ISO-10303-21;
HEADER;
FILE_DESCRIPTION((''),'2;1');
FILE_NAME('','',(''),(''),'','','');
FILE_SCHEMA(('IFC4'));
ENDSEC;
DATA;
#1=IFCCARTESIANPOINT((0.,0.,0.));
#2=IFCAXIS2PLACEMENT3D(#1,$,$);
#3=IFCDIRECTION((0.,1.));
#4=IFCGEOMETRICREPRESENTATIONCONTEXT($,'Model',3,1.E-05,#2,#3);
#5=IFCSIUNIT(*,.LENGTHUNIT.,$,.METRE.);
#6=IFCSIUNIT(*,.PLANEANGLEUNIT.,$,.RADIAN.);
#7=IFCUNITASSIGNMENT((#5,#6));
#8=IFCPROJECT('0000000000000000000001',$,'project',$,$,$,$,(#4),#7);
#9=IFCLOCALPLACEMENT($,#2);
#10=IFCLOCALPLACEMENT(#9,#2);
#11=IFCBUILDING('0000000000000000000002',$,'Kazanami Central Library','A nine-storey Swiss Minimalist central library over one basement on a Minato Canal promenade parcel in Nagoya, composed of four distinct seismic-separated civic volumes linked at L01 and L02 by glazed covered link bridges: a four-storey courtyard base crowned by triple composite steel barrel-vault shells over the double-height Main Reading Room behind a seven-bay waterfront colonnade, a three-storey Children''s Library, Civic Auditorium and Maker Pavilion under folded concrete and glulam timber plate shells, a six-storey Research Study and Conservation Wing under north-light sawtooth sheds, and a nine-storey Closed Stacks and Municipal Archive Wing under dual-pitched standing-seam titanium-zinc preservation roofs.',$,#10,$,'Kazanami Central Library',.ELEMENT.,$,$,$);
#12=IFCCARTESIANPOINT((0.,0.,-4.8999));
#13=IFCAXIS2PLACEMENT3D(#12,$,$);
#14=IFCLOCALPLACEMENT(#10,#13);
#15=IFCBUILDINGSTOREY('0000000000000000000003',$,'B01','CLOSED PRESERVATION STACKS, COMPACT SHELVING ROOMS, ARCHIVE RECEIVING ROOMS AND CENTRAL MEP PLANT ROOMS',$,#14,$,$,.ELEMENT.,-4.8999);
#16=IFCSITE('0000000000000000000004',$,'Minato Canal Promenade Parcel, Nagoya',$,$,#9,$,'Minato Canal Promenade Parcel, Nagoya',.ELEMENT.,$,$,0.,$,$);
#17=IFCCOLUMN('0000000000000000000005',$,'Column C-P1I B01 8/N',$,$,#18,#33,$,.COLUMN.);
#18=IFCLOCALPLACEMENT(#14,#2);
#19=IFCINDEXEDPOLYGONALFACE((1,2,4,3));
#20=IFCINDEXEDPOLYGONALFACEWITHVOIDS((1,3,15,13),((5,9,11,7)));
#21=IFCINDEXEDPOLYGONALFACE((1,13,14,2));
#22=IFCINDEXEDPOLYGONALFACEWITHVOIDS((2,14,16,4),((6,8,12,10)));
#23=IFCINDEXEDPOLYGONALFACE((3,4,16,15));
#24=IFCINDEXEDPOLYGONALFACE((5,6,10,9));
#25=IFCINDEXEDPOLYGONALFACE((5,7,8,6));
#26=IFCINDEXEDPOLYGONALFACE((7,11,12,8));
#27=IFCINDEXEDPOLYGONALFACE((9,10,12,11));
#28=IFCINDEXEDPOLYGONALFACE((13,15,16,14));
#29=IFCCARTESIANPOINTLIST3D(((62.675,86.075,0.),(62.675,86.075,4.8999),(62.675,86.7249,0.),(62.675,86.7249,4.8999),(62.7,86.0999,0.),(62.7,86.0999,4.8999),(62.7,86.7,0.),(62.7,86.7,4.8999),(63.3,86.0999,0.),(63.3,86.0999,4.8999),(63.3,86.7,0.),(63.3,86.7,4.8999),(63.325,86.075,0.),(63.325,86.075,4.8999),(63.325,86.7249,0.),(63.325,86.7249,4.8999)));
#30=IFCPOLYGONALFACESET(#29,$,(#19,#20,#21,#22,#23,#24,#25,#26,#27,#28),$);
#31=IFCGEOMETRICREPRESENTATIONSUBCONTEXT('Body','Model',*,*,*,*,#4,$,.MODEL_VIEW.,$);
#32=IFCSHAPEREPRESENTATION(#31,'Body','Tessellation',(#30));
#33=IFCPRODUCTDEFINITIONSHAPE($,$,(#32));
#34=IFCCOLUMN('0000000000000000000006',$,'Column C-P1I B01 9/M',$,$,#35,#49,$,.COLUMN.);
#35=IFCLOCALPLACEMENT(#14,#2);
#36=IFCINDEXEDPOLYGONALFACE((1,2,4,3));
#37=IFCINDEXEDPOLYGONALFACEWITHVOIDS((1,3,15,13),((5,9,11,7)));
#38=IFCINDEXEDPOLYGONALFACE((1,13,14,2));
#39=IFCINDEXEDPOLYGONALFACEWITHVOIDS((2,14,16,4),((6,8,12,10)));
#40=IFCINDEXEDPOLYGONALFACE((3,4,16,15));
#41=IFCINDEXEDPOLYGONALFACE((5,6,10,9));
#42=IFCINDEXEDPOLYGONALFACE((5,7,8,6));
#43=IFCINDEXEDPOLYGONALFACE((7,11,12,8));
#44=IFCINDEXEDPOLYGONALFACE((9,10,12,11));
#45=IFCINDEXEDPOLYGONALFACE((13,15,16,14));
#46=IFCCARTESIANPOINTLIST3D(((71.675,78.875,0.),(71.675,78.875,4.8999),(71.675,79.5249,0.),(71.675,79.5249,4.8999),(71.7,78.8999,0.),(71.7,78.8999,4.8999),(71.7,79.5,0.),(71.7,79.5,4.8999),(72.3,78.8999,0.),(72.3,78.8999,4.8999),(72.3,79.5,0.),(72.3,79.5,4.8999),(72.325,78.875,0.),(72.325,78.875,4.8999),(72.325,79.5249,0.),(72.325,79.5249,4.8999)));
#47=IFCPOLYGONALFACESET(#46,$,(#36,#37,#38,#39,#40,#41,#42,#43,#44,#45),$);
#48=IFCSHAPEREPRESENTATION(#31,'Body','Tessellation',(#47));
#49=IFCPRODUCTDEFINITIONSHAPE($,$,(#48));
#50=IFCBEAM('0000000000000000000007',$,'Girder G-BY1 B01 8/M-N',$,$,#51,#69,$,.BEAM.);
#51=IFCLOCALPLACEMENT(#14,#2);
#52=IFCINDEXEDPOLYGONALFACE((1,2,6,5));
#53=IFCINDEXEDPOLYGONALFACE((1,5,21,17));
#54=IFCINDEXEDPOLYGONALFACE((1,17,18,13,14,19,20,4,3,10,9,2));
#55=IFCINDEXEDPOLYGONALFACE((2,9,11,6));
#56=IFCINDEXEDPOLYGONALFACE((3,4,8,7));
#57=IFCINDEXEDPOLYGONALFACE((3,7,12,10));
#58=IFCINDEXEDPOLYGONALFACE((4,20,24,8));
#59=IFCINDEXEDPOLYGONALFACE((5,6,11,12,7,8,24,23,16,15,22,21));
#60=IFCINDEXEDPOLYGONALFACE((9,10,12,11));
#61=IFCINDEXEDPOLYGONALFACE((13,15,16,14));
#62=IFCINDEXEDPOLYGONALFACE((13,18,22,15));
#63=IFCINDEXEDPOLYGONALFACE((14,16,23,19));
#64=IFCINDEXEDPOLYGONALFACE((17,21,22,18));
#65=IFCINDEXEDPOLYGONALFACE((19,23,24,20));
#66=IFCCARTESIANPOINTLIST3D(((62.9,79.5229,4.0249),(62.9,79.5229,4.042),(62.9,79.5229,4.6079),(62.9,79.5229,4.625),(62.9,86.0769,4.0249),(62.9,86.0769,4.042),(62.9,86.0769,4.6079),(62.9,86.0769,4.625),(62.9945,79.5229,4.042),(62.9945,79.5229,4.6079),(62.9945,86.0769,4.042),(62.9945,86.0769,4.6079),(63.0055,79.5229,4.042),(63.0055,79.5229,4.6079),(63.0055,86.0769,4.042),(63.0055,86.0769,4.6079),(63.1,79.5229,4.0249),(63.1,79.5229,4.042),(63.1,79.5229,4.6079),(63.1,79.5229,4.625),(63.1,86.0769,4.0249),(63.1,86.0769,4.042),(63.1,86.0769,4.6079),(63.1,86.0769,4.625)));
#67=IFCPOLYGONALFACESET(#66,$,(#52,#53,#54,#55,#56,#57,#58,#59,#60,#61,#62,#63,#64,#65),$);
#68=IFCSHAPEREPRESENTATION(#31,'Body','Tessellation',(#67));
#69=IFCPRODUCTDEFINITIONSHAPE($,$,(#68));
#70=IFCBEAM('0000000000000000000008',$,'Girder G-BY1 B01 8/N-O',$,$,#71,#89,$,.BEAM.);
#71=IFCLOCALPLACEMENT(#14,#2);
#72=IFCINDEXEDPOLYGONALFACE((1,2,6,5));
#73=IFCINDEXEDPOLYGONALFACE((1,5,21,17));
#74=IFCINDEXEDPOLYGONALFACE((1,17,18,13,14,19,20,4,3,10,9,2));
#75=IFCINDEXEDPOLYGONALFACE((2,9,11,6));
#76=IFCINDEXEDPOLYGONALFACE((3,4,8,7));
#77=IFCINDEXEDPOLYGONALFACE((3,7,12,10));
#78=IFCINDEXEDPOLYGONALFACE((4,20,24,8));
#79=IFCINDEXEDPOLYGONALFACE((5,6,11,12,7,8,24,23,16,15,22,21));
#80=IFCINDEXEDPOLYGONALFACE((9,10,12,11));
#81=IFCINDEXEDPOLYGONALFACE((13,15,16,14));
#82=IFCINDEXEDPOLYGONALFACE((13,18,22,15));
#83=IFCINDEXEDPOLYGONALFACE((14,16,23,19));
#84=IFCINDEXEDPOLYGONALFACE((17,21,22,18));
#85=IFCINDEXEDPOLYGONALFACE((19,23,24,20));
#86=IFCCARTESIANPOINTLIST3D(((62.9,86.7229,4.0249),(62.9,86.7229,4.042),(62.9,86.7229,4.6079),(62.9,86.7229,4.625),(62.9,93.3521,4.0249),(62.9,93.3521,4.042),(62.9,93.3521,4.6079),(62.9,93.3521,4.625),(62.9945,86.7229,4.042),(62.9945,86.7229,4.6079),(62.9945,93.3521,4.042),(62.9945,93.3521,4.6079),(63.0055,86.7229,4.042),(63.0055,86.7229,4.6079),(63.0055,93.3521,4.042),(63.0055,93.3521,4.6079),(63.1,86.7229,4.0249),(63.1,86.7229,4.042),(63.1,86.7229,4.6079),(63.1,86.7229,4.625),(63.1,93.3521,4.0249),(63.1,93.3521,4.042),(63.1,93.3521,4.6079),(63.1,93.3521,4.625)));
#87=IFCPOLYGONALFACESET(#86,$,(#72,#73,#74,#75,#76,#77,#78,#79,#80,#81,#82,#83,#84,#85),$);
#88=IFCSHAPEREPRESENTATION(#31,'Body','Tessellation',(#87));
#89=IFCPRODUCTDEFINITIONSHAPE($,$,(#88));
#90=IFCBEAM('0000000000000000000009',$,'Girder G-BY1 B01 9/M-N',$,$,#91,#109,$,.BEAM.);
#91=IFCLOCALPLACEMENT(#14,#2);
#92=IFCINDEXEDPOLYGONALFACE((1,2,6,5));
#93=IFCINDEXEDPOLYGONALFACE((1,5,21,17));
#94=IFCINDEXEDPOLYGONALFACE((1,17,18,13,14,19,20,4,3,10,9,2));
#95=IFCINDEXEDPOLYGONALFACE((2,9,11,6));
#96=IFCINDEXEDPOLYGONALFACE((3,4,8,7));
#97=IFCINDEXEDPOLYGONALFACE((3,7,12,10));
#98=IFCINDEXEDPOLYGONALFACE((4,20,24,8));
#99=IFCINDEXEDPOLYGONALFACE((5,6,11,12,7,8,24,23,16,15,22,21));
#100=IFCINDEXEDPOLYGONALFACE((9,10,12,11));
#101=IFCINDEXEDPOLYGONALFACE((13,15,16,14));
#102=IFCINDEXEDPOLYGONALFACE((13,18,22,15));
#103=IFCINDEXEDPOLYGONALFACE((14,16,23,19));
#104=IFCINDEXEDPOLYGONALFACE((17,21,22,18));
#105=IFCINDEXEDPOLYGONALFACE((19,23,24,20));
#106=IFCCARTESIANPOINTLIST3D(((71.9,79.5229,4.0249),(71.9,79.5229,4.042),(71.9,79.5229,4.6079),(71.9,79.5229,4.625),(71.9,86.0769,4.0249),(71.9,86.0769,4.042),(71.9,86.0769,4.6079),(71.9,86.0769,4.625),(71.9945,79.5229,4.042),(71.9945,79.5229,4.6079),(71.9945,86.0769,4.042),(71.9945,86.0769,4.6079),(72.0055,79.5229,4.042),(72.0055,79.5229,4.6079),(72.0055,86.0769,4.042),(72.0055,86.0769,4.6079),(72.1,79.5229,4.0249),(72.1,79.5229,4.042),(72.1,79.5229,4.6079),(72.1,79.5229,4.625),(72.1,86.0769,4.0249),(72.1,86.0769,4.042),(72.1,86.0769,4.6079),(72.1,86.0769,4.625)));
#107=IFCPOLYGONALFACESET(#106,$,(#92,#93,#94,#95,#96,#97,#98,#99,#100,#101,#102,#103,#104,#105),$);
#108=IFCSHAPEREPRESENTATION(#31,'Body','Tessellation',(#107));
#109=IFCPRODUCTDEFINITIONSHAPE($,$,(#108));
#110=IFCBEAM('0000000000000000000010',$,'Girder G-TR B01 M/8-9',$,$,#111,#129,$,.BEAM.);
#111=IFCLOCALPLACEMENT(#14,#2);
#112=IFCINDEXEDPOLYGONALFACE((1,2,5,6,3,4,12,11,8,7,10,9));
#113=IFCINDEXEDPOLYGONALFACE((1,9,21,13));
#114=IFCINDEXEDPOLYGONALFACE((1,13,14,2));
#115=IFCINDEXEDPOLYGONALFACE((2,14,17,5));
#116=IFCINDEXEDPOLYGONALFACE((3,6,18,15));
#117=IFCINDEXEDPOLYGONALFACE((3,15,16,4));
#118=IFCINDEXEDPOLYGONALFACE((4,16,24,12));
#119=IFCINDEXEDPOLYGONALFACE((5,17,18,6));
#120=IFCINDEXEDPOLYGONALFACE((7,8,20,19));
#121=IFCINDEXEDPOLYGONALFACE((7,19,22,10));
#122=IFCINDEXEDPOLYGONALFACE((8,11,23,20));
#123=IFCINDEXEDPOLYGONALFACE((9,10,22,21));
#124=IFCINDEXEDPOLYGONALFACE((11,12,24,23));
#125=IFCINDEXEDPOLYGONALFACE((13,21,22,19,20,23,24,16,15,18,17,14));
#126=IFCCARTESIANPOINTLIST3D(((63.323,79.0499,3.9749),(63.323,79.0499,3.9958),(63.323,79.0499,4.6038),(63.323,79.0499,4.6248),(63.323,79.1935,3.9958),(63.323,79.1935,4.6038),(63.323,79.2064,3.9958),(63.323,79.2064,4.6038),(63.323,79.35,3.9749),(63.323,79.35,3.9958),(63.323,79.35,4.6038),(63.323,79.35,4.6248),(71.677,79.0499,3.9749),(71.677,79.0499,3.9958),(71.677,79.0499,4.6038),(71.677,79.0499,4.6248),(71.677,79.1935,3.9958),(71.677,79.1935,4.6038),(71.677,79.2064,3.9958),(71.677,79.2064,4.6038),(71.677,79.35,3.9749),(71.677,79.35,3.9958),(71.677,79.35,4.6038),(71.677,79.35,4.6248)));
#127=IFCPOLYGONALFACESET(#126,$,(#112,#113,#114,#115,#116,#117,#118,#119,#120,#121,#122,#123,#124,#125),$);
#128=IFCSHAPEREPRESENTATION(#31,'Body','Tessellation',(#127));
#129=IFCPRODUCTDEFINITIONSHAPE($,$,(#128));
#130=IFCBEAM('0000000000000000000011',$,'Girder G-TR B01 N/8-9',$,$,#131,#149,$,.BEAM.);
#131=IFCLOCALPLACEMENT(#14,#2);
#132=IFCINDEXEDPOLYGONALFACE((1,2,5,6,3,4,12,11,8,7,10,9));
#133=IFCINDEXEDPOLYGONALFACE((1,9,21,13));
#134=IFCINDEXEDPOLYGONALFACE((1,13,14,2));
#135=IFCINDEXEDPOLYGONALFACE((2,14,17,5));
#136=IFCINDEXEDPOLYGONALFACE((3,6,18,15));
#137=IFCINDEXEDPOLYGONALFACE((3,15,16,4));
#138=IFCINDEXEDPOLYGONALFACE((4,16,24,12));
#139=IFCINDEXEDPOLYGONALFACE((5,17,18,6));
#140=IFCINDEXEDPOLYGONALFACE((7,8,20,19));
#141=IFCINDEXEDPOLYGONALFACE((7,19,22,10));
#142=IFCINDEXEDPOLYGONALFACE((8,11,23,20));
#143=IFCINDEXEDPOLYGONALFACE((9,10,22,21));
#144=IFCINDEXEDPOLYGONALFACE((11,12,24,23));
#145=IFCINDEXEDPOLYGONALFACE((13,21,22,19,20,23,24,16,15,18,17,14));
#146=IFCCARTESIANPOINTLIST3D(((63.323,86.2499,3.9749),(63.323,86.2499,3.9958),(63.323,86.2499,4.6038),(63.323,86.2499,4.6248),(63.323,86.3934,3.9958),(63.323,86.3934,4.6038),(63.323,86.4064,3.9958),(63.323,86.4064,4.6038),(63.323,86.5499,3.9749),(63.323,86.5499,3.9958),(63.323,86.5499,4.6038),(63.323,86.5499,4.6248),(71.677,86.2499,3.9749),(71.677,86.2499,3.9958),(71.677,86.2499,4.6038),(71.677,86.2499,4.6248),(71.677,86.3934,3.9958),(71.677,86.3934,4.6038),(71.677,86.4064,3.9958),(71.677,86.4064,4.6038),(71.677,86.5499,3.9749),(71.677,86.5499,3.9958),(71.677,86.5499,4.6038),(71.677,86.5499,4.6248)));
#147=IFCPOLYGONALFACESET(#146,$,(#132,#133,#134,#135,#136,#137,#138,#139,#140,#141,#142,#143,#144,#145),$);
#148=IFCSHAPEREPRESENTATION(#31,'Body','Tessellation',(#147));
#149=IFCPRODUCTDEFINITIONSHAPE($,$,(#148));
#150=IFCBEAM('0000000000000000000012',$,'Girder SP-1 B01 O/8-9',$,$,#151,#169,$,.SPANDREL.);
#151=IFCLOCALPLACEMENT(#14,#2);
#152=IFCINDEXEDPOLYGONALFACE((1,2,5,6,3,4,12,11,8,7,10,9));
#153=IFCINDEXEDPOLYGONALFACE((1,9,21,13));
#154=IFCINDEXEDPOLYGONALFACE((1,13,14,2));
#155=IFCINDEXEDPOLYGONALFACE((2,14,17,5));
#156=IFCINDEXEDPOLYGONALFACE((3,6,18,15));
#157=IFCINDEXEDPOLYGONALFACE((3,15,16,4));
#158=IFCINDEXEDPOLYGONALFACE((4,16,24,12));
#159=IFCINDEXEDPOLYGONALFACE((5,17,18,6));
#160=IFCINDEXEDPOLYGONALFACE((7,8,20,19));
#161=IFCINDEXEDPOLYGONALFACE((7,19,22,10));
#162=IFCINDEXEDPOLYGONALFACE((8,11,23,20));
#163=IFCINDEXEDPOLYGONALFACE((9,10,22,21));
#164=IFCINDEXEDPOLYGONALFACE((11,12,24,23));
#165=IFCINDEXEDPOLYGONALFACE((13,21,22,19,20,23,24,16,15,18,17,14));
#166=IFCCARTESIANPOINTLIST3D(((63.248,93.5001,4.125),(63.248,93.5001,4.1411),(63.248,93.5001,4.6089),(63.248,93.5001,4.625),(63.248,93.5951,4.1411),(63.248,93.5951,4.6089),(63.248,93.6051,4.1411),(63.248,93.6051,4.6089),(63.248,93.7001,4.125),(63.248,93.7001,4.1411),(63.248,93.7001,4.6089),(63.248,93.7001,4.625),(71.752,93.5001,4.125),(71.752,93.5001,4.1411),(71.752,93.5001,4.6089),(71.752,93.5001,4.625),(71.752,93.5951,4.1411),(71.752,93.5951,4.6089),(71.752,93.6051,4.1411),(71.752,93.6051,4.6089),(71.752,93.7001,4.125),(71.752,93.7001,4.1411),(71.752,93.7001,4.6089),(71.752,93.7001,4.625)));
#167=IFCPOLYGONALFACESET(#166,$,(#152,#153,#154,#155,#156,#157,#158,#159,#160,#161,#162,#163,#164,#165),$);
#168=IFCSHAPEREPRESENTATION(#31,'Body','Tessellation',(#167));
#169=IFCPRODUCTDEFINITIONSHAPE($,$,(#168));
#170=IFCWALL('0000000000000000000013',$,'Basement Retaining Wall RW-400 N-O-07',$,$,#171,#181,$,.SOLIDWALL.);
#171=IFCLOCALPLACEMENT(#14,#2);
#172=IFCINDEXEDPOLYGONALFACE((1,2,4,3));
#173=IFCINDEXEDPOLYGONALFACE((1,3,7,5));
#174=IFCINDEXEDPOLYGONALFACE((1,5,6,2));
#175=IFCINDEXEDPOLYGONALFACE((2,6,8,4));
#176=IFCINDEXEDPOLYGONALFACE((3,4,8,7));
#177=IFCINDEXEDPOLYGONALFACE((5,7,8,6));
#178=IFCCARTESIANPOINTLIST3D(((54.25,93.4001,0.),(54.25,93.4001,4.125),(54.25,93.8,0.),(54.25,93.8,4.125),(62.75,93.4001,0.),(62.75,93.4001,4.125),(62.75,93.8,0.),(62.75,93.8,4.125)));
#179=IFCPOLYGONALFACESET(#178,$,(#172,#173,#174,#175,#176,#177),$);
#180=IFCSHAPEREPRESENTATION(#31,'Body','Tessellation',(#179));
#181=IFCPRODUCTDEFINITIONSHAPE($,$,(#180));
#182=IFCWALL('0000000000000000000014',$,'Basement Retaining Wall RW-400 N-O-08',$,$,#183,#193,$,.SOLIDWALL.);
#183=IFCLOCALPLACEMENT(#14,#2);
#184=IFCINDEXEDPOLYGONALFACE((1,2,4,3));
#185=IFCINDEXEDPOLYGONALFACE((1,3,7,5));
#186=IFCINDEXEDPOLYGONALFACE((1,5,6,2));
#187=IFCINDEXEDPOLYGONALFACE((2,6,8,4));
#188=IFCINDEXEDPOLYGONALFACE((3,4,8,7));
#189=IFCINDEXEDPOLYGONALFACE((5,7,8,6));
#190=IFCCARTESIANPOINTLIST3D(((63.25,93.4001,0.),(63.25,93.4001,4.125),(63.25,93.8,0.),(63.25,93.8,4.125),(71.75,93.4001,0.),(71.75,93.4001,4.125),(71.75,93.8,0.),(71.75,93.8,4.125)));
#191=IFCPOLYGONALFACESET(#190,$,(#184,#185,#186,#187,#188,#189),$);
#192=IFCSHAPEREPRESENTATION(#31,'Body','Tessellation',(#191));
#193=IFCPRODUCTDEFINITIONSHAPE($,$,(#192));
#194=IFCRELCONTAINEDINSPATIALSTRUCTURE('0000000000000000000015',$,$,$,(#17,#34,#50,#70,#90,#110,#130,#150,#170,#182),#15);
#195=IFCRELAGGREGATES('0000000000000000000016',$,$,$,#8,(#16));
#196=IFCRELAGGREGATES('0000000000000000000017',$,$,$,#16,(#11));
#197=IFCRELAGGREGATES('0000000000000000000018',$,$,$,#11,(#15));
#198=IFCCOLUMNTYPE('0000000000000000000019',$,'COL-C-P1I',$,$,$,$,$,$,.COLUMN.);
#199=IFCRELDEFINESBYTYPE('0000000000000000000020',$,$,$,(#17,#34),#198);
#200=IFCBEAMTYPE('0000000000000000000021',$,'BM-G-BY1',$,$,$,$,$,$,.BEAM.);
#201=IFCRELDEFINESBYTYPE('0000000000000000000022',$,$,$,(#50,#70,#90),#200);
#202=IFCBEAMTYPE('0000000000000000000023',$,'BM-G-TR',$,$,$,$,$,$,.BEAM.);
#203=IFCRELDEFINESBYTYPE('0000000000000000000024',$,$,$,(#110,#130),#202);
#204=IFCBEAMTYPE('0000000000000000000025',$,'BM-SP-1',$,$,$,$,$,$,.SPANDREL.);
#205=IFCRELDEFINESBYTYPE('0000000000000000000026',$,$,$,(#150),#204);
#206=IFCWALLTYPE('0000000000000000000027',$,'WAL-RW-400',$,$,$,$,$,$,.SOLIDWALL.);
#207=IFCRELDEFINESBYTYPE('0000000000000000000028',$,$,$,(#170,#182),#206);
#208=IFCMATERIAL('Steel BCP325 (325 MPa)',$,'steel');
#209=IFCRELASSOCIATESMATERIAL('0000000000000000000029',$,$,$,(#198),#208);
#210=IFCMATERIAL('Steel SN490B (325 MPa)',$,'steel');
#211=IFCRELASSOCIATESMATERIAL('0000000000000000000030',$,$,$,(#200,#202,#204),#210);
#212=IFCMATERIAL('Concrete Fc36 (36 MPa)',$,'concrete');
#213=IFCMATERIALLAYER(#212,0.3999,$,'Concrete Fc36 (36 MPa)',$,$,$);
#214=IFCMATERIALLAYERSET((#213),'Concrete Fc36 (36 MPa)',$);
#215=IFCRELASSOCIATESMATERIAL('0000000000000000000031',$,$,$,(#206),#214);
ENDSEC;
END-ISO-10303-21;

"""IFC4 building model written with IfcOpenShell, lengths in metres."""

from ifc_helpers import new_model, si_unit, direction, frame, frame_2d, origin, origin_2d, place, context, subcontext, project, spatial, rectangle, hollow_rectangle, i_section, extrude, material, layer, layer_set, material_profile, profile_set, type_object, element, save


model = new_model("IFC4")

# Units and contexts
model_context = context("Model", 3, precision=1e-05, world=origin(), true_north=direction((0.0, 1.0)))
body_context = subcontext(model_context, "Body", "Model", "MODEL_VIEW")
ifc_project = project(units=[si_unit("LENGTHUNIT", "METRE"), si_unit("PLANEANGLEUNIT", "RADIAN")], contexts=[model_context])

# Site, building, storey
site_placement = place(None, origin())
site = spatial("IfcSite", under=ifc_project, at=site_placement, Name="Minato Canal Promenade Parcel, Nagoya", LongName="Minato Canal Promenade Parcel, Nagoya", CompositionType="ELEMENT", RefElevation=0.0)
building_placement = place(site_placement, origin())
building = spatial("IfcBuilding", under=site, at=building_placement, Name="Kazanami Central Library", Description="A nine-storey Swiss Minimalist central library over one basement on a Minato Canal promenade parcel in Nagoya, composed of four distinct seismic-separated civic volumes linked at L01 and L02 by glazed covered link bridges: a four-storey courtyard base crowned by triple composite steel barrel-vault shells over the double-height Main Reading Room behind a seven-bay waterfront colonnade, a three-storey Children's Library, Civic Auditorium and Maker Pavilion under folded concrete and glulam timber plate shells, a six-storey Research Study and Conservation Wing under north-light sawtooth sheds, and a nine-storey Closed Stacks and Municipal Archive Wing under dual-pitched standing-seam titanium-zinc preservation roofs.", LongName="Kazanami Central Library", CompositionType="ELEMENT")
storey_placement = place(building_placement, frame((0.0, 0.0, -4.8999)))
storey = spatial("IfcBuildingStorey", under=building, at=storey_placement, Name="B01", Description="CLOSED PRESERVATION STACKS, COMPACT SHELVING ROOMS, ARCHIVE RECEIVING ROOMS AND CENTRAL MEP PLANT ROOMS", CompositionType="ELEMENT", Elevation=-4.8999)

# Shared definitions
ifc_material_1 = material(Name="Concrete Fc36 (36 MPa)", Category="concrete")

# Columns
ifc_material_2 = material(Name="Steel BCP325 (325 MPa)", Category="steel")
ifc_material_profile_1 = material_profile(ifc_material_2, hollow_rectangle(XDim=0.6499, YDim=0.6499, WallThickness=0.0249, at=origin_2d()), Name="BCP-650x650x25")
ifc_profile_set_1 = profile_set([ifc_material_profile_1], Name="Steel BCP325 (325 MPa)")
column_type_1 = type_object("IfcColumnType", Name="COL-C-P1I", PredefinedType="COLUMN", material=ifc_profile_set_1)
for number, where, z_axis, x_axis, name in (
    (1, (63.0, 86.3999, 0.0), (0.0, 0.0, 1.0), (1.0, 0.0, 0.0), "Column C-P1I B01 8/N"),
    (2, (72.0, 79.2, 0.0), (0.0, 0.0, 1.0), (1.0, 0.0, 0.0), "Column C-P1I B01 9/M"),
):
    element("IfcColumn", number, at=place(storey_placement, frame(where, z_axis=z_axis, x_axis=x_axis)), inside=storey, type_object=column_type_1, Name=name, PredefinedType="COLUMN", context=body_context, shape_type="SweptSolid", body=[
        extrude(hollow_rectangle(XDim=0.6499, YDim=0.6499, WallThickness=0.0249, at=origin_2d()), origin(), (0.0, 0.0, 1.0), 4.8999),
    ])

# Beams
ifc_material_3 = material(Name="Steel SN490B (325 MPa)", Category="steel")
ifc_material_profile_2 = material_profile(ifc_material_3, i_section(OverallWidth=0.2, OverallDepth=0.6001, WebThickness=0.011, FlangeThickness=0.0171, at=origin_2d()), Name="H-600x200x11x17")
ifc_profile_set_2 = profile_set([ifc_material_profile_2], Name="Steel SN490B (325 MPa)")
beam_type_1 = type_object("IfcBeamType", Name="BM-G-BY1", PredefinedType="BEAM", material=ifc_profile_set_2)
beam_1_placement = place(storey_placement, frame((63.0, 79.5229, 4.325), z_axis=(0.0, 1.0, 0.0), x_axis=(-1.0, 0.0, 0.0)))
element("IfcBeam", 3, at=beam_1_placement, inside=storey, type_object=beam_type_1, Name="Girder G-BY1 B01 8/M-N", PredefinedType="BEAM", context=body_context, shape_type="SweptSolid", body=[
    extrude(i_section(OverallWidth=0.2, OverallDepth=0.6001, WebThickness=0.011, FlangeThickness=0.0171, at=origin_2d()), origin(), (0.0, 0.0, 1.0), 6.554),
])
beam_2_placement = place(storey_placement, frame((63.0, 86.7229, 4.325), z_axis=(0.0, 1.0, 0.0), x_axis=(-1.0, 0.0, 0.0)))
element("IfcBeam", 4, at=beam_2_placement, inside=storey, type_object=beam_type_1, Name="Girder G-BY1 B01 8/N-O", PredefinedType="BEAM", context=body_context, shape_type="SweptSolid", body=[
    extrude(i_section(OverallWidth=0.2, OverallDepth=0.6001, WebThickness=0.011, FlangeThickness=0.0171, at=origin_2d()), origin(), (0.0, 0.0, 1.0), 6.6292),
])
beam_3_placement = place(storey_placement, frame((72.0, 79.5229, 4.325), z_axis=(0.0, 1.0, 0.0), x_axis=(-1.0, 0.0, 0.0)))
element("IfcBeam", 5, at=beam_3_placement, inside=storey, type_object=beam_type_1, Name="Girder G-BY1 B01 9/M-N", PredefinedType="BEAM", context=body_context, shape_type="SweptSolid", body=[
    extrude(i_section(OverallWidth=0.2, OverallDepth=0.6001, WebThickness=0.011, FlangeThickness=0.0171, at=origin_2d()), origin(), (0.0, 0.0, 1.0), 6.554),
])
ifc_material_profile_3 = material_profile(ifc_material_3, i_section(OverallWidth=0.3, OverallDepth=0.6499, WebThickness=0.0129, FlangeThickness=0.021, at=origin_2d()), Name="H-650x300x13x21")
ifc_profile_set_3 = profile_set([ifc_material_profile_3], Name="Steel SN490B (325 MPa)")
beam_type_2 = type_object("IfcBeamType", Name="BM-G-TR", PredefinedType="BEAM", material=ifc_profile_set_3)
for number, where, z_axis, x_axis, name in (
    (6, (63.323, 79.2, 4.2998), (1.0, 0.0, 0.0), (0.0, 1.0, 0.0), "Girder G-TR B01 M/8-9"),
    (7, (63.323, 86.3999, 4.2998), (1.0, 0.0, 0.0), (0.0, 1.0, 0.0), "Girder G-TR B01 N/8-9"),
):
    element("IfcBeam", number, at=place(storey_placement, frame(where, z_axis=z_axis, x_axis=x_axis)), inside=storey, type_object=beam_type_2, Name=name, PredefinedType="BEAM", context=body_context, shape_type="SweptSolid", body=[
        extrude(i_section(OverallWidth=0.3, OverallDepth=0.6499, WebThickness=0.0129, FlangeThickness=0.021, at=origin_2d()), origin(), (0.0, 0.0, 1.0), 8.354),
    ])
ifc_material_profile_4 = material_profile(ifc_material_3, i_section(OverallWidth=0.2, OverallDepth=0.5, WebThickness=0.01, FlangeThickness=0.0161, at=origin_2d()), Name="H-500x200x10x16")
ifc_profile_set_4 = profile_set([ifc_material_profile_4], Name="Steel SN490B (325 MPa)")
beam_type_3 = type_object("IfcBeamType", Name="BM-SP-1", PredefinedType="SPANDREL", material=ifc_profile_set_4)
beam_4_placement = place(storey_placement, frame((63.248, 93.6001, 4.375), z_axis=(1.0, 0.0, 0.0), x_axis=(0.0, 1.0, 0.0)))
element("IfcBeam", 8, at=beam_4_placement, inside=storey, type_object=beam_type_3, Name="Girder SP-1 B01 O/8-9", PredefinedType="SPANDREL", context=body_context, shape_type="SweptSolid", body=[
    extrude(i_section(OverallWidth=0.2, OverallDepth=0.5, WebThickness=0.01, FlangeThickness=0.0161, at=origin_2d()), origin(), (0.0, 0.0, 1.0), 8.5039),
])

# Walls
ifc_layer = layer(ifc_material_1, 0.3999, Name="Concrete Fc36 (36 MPa)")
ifc_layer_set = layer_set([ifc_layer], Name="Concrete Fc36 (36 MPa)")
wall_type = type_object("IfcWallType", Name="WAL-RW-400", PredefinedType="SOLIDWALL", material=ifc_layer_set)
for number, where, z_axis, x_axis, name in (
    (9, (62.75, 93.6001, 0.0), (0.0, 0.0, 1.0), (-1.0, 0.0, 0.0), "Basement Retaining Wall RW-400 N-O-07"),
    (10, (71.75, 93.6001, 0.0), (0.0, 0.0, 1.0), (-1.0, 0.0, 0.0), "Basement Retaining Wall RW-400 N-O-08"),
):
    element("IfcWall", number, at=place(storey_placement, frame(where, z_axis=z_axis, x_axis=x_axis)), inside=storey, type_object=wall_type, Name=name, PredefinedType="SOLIDWALL", context=body_context, shape_type="SweptSolid", body=[
        extrude(rectangle(XDim=8.5, YDim=0.3999, at=frame_2d((4.25, 0.0))), origin(), (0.0, 0.0, 1.0), 4.125),
    ])

save(model, "model.ifc")
